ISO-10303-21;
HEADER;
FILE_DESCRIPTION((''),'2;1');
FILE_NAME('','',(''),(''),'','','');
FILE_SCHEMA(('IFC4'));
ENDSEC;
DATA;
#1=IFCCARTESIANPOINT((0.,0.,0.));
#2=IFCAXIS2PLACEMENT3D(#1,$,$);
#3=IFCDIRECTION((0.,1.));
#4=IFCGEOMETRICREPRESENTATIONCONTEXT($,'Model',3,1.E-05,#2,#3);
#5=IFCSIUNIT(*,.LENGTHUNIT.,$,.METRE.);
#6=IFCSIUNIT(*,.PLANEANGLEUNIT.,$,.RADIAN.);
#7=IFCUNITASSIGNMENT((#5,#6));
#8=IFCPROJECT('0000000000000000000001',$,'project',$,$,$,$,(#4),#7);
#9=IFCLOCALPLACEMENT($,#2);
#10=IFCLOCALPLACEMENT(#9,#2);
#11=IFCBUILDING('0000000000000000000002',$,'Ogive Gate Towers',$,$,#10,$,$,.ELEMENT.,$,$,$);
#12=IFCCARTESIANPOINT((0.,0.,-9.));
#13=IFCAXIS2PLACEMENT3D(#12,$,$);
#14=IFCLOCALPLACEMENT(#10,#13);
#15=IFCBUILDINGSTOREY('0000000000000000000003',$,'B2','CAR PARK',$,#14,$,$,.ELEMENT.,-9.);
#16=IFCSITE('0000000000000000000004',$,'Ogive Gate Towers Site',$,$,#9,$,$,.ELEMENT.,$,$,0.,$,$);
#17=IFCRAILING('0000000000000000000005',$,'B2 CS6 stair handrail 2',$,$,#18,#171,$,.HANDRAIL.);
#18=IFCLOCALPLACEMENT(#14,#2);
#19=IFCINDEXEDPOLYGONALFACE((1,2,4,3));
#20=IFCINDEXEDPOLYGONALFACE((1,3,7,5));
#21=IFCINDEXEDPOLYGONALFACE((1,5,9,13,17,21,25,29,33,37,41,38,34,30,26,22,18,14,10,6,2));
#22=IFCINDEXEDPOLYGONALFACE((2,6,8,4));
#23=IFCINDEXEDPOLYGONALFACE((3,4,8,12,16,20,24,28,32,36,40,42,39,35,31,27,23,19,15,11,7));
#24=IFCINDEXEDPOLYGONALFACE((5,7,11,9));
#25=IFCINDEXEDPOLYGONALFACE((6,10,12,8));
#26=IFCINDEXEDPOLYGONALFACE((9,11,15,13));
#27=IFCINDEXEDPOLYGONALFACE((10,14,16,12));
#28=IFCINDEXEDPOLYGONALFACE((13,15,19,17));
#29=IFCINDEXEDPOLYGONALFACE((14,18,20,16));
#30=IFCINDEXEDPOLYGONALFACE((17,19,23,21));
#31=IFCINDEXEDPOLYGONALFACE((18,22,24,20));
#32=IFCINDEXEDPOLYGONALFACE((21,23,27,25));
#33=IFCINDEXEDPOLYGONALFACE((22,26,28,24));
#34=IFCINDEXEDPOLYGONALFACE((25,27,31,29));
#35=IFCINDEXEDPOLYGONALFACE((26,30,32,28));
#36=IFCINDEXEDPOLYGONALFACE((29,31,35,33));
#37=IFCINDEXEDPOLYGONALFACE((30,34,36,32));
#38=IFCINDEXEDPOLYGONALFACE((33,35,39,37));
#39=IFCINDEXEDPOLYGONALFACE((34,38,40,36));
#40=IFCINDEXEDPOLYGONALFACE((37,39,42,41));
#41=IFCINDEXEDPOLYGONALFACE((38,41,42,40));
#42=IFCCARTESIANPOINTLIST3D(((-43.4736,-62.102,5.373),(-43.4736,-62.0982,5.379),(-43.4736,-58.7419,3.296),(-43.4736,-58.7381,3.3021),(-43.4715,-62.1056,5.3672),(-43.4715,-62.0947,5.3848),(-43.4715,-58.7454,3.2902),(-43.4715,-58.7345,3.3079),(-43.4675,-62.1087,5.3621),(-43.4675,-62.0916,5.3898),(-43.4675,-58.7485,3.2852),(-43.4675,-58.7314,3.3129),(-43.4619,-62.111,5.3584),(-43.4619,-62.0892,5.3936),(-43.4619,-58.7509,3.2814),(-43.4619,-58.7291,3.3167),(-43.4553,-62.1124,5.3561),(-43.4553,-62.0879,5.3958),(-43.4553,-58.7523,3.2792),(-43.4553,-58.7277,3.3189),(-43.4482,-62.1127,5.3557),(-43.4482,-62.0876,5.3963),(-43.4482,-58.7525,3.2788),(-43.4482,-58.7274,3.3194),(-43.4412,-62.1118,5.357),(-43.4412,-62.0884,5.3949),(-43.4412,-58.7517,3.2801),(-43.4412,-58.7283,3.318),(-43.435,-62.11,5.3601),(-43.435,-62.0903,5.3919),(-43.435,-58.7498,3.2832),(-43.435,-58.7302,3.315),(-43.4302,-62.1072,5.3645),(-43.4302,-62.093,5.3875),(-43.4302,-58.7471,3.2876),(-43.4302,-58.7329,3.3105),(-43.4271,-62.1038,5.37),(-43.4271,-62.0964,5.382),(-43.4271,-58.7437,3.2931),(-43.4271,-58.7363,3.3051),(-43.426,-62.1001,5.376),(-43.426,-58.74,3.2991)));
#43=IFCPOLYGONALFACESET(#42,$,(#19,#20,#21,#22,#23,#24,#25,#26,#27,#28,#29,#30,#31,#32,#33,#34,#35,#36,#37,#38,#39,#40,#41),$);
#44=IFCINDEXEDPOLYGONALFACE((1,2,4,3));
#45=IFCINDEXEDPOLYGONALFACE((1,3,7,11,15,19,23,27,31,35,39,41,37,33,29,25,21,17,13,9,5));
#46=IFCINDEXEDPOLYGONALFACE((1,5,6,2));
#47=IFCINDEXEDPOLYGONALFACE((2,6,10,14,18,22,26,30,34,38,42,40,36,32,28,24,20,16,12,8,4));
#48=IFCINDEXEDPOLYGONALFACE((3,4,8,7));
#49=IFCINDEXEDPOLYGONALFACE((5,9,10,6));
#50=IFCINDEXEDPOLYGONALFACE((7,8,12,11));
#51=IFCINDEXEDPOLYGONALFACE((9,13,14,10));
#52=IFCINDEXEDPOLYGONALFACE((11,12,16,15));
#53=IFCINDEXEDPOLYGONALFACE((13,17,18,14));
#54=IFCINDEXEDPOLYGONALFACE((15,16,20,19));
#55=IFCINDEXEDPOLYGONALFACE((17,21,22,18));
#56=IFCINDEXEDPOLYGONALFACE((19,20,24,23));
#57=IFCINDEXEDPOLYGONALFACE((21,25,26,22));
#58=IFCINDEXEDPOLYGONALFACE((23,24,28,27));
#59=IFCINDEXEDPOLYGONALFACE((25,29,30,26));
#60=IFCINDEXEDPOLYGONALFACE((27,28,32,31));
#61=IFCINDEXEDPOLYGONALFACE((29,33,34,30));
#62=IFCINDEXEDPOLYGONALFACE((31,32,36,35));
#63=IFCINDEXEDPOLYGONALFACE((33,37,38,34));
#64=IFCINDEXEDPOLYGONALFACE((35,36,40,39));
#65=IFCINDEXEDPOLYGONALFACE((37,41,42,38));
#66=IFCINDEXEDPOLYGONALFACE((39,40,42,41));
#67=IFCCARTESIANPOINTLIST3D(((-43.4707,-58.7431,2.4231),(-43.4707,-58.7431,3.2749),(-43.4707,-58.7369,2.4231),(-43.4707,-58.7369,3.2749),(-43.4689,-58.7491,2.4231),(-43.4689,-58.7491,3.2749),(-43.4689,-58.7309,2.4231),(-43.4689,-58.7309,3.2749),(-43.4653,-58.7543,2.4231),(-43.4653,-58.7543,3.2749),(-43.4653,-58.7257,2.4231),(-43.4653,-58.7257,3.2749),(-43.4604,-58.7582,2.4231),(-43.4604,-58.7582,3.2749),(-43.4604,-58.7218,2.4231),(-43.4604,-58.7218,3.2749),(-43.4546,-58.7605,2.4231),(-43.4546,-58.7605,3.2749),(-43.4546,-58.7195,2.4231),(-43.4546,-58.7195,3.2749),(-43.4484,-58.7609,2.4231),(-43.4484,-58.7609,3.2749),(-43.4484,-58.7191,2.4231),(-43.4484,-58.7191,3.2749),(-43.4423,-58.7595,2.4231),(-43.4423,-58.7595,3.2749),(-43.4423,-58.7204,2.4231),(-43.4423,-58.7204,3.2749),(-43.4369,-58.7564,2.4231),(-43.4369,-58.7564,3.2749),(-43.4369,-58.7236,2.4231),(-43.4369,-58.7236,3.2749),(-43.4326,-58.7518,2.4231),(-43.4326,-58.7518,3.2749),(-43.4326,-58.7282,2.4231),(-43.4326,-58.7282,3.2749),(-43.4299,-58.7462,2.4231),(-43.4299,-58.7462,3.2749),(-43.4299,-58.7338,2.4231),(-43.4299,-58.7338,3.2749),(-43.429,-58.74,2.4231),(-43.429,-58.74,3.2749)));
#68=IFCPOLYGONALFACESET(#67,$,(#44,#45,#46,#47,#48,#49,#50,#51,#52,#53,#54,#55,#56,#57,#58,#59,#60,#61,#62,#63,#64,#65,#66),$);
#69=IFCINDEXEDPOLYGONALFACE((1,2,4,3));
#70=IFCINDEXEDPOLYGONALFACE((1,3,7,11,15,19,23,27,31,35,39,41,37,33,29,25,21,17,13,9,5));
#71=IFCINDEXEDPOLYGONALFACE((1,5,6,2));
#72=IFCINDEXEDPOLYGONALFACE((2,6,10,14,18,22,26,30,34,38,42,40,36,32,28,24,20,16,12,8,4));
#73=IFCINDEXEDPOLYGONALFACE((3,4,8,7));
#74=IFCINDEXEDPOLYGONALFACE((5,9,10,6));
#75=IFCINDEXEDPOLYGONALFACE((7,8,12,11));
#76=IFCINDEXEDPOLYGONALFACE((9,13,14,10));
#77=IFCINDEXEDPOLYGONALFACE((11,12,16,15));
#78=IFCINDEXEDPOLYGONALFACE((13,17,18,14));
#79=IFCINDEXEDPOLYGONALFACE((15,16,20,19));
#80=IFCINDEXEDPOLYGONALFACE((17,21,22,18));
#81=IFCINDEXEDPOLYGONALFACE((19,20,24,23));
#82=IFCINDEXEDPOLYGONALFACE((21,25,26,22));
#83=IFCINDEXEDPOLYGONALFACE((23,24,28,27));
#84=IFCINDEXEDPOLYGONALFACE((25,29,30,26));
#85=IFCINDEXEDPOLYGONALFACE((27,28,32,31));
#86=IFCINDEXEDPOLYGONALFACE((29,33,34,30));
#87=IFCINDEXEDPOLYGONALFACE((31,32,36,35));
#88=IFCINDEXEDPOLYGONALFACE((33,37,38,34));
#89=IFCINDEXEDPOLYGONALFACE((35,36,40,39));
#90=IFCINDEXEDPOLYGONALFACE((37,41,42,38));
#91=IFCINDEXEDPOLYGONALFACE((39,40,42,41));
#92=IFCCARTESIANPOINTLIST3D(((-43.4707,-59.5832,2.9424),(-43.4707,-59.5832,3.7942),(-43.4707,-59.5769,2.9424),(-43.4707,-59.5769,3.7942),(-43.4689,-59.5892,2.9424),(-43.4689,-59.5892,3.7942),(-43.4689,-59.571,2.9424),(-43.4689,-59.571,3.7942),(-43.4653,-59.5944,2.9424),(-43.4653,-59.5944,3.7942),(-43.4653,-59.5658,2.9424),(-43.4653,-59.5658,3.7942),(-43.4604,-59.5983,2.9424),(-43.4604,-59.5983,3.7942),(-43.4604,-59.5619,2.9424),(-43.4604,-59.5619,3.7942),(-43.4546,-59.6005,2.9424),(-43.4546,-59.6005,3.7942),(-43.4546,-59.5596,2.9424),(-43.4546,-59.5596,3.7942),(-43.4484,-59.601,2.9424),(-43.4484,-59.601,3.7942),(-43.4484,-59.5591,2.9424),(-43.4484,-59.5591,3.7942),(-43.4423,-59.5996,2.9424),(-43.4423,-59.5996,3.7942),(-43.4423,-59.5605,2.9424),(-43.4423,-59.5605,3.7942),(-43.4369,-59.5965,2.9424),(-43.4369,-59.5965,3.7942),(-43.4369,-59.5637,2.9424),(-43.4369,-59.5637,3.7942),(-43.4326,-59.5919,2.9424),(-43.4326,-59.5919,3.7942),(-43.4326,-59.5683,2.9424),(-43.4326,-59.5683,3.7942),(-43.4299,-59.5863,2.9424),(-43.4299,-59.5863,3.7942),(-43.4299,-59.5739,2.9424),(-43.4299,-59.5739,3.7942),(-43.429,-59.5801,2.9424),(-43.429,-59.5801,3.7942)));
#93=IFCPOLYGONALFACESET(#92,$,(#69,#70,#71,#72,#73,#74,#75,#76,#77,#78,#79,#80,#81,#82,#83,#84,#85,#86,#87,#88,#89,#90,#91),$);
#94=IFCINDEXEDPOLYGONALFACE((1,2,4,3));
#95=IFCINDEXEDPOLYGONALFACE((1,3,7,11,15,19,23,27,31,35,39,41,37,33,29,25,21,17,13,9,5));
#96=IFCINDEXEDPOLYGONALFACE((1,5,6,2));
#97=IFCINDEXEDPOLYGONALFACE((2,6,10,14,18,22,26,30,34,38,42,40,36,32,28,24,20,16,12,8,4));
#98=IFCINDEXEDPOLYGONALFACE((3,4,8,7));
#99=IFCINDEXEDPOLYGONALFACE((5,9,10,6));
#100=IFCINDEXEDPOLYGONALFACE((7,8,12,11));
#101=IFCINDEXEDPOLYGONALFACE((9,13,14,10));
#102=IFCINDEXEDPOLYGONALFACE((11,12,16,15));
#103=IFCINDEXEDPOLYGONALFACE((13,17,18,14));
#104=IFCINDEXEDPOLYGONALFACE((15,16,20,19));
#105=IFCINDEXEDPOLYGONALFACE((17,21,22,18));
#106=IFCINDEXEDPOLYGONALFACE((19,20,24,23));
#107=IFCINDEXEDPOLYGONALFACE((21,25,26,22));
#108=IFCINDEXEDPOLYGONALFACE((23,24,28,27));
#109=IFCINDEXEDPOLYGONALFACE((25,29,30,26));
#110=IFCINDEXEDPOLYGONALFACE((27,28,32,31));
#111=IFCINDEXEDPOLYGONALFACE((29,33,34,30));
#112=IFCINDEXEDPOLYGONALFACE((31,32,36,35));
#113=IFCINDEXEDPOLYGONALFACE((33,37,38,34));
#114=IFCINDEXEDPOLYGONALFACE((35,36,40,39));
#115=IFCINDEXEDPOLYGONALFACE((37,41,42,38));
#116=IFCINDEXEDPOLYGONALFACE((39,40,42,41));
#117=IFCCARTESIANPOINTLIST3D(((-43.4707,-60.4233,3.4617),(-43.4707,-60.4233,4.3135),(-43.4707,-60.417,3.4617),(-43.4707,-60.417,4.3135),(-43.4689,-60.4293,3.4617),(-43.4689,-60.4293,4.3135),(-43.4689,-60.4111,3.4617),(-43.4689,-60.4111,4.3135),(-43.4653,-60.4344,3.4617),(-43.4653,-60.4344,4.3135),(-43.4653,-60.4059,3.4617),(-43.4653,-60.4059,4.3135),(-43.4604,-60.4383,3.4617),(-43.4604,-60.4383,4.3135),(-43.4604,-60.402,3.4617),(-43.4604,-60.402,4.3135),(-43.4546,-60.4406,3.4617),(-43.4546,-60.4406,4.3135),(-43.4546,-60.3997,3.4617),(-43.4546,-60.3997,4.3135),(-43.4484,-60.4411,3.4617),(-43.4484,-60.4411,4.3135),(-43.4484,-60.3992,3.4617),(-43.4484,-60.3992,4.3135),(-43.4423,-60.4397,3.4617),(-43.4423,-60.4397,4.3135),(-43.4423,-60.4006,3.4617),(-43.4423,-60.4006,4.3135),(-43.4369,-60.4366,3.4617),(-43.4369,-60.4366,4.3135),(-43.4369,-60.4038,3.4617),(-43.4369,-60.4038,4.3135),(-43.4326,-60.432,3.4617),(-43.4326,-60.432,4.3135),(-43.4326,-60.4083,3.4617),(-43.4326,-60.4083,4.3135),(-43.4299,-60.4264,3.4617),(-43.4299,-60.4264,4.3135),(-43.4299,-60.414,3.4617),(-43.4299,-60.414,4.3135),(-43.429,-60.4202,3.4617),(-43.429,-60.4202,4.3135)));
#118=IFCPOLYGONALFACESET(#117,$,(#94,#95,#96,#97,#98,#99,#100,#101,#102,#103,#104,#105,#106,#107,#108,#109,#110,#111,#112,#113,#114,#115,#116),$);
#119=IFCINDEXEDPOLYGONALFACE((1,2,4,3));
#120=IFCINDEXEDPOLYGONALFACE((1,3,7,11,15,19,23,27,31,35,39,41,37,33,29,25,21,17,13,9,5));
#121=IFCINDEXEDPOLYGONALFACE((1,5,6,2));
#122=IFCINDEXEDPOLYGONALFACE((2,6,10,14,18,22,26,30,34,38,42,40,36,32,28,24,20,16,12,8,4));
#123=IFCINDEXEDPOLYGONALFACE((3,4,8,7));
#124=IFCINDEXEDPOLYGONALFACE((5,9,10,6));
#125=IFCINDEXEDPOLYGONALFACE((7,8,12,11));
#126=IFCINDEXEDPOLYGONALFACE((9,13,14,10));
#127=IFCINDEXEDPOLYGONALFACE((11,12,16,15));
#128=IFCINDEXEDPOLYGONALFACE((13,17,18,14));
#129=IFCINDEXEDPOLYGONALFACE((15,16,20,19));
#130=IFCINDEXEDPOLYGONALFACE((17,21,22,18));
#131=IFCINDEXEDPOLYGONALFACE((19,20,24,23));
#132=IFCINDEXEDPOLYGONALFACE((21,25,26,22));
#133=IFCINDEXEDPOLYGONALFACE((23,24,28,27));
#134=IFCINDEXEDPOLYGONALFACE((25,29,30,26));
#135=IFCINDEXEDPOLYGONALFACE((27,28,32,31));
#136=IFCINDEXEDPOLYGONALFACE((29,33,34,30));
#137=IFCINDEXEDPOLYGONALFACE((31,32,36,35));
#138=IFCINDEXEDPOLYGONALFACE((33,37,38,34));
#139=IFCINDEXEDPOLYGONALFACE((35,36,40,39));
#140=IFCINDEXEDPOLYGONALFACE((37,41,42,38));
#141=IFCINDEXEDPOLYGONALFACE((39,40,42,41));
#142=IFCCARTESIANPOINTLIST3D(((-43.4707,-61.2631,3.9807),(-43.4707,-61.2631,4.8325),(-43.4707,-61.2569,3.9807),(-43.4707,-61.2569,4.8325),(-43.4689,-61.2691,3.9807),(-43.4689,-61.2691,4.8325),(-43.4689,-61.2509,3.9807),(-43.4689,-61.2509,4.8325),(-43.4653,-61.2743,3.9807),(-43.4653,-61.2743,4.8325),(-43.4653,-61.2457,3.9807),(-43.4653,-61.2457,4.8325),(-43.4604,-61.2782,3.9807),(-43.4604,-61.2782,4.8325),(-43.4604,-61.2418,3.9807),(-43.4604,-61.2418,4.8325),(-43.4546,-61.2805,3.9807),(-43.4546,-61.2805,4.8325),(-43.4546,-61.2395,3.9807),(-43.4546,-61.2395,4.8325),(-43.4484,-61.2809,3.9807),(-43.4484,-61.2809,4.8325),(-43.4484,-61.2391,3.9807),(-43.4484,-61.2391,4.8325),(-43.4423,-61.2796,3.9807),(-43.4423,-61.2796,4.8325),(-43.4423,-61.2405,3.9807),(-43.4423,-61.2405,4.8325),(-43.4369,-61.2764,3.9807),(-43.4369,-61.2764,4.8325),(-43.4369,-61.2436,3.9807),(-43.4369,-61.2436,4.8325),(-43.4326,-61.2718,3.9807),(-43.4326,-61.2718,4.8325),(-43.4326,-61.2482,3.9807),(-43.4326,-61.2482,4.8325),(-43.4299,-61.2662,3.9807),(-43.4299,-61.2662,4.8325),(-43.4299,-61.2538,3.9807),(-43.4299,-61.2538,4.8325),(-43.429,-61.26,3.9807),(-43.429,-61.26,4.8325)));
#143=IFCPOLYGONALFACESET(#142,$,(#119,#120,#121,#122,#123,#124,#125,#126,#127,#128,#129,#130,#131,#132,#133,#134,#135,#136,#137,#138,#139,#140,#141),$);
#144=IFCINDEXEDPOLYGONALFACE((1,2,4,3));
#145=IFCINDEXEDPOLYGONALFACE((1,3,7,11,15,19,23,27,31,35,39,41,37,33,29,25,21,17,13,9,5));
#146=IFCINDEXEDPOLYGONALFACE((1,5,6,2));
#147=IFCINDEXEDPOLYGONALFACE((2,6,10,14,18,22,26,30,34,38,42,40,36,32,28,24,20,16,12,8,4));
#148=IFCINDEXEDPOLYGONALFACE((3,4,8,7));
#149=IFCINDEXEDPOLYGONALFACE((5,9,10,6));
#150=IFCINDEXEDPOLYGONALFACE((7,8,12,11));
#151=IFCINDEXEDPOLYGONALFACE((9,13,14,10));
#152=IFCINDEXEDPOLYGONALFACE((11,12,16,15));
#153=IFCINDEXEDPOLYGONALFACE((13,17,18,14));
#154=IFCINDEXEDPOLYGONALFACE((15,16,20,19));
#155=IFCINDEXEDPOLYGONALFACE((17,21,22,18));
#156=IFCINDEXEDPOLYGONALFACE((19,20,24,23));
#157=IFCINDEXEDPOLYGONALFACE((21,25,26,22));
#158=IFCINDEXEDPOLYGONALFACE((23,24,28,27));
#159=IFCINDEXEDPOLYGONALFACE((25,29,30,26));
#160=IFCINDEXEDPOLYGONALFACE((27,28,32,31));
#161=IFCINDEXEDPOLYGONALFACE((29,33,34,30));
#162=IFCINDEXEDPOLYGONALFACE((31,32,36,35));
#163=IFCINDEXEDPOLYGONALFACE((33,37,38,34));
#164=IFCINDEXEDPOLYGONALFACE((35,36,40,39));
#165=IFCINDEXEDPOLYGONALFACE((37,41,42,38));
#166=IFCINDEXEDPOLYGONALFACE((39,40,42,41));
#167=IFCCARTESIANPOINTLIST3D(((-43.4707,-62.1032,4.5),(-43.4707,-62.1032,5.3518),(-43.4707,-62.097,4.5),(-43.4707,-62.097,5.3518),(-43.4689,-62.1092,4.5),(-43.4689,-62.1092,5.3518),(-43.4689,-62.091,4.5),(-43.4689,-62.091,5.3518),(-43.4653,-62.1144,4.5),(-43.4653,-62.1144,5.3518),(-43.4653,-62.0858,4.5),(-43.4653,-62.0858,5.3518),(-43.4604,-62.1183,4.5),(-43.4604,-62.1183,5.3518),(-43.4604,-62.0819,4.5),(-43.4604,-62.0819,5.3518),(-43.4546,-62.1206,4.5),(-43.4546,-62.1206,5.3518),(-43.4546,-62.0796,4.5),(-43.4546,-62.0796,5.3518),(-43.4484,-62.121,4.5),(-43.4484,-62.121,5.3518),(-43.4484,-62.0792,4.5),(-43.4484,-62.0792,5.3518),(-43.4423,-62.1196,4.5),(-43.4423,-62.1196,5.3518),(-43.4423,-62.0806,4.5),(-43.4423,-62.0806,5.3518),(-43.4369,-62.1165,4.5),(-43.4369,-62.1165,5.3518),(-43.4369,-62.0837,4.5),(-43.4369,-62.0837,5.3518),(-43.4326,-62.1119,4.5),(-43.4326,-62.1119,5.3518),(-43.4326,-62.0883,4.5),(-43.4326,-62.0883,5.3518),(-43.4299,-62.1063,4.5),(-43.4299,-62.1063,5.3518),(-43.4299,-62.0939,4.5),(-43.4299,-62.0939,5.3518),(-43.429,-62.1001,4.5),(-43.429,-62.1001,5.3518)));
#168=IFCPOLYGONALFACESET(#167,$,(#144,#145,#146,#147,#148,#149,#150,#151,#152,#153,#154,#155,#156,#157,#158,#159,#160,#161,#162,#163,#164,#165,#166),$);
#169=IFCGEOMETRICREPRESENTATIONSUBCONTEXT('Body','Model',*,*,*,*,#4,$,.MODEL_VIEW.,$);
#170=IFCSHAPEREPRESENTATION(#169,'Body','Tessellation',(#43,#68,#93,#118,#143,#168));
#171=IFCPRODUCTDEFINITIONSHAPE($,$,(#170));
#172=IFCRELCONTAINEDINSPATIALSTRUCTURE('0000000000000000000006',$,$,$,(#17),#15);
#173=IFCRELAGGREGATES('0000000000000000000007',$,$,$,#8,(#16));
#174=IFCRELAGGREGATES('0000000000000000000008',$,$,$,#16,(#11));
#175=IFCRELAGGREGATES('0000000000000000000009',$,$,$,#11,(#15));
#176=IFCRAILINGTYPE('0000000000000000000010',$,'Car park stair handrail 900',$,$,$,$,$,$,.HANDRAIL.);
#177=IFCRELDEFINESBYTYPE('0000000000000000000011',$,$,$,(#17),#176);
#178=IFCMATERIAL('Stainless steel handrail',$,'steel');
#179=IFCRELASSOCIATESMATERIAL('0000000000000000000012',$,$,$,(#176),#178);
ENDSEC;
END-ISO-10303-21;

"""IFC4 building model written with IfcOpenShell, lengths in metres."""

from ifc_helpers import new_model, si_unit, direction, frame, origin, origin_2d, place, context, subcontext, project, spatial, circle, extrude, material, type_object, element, save


model = new_model("IFC4")

# Units and contexts
model_context = context("Model", 3, precision=1e-05, world=origin(), true_north=direction((0.0, 1.0)))
body_context = subcontext(model_context, "Body", "Model", "MODEL_VIEW")
ifc_project = project(units=[si_unit("LENGTHUNIT", "METRE"), si_unit("PLANEANGLEUNIT", "RADIAN")], contexts=[model_context])

# Site, building, storey
site_placement = place(None, origin())
site = spatial("IfcSite", under=ifc_project, at=site_placement, Name="Ogive Gate Towers Site", CompositionType="ELEMENT", RefElevation=0.0)
building_placement = place(site_placement, origin())
building = spatial("IfcBuilding", under=site, at=building_placement, Name="Ogive Gate Towers", CompositionType="ELEMENT")
storey_placement = place(building_placement, frame((0.0, 0.0, -9.0)))
storey = spatial("IfcBuildingStorey", under=building, at=storey_placement, Name="B2", Description="CAR PARK", CompositionType="ELEMENT", Elevation=-9.0)

# Railing
ifc_material_1 = material(Name="Stainless steel handrail", Category="steel")
railing_type_1 = type_object("IfcRailingType", Name="Car park stair handrail 900", PredefinedType="HANDRAIL", material=ifc_material_1)
railing_1_placement = place(storey_placement, frame((-43.45, -58.74, 2.4231)))
element("IfcRailing", 1, at=railing_1_placement, inside=storey, type_object=railing_type_1, Name="B2 CS6 stair handrail 2", PredefinedType="HANDRAIL", context=body_context, shape_type="SweptSolid", body=[
    extrude(circle(Radius=0.0239, at=origin_2d()), frame((0.0, 0.0, 0.876), z_axis=(0.0, -0.850623, 0.525776), x_axis=(1.0, 0.0, 0.0)), (0.0, 0.0, 1.0), 3.9502),
    extrude(circle(Radius=0.021, at=origin_2d()), origin(), (0.0, 0.0, 1.0), 0.8518),
    extrude(circle(Radius=0.021, at=origin_2d()), frame((0.0, -0.8401, 0.5193)), (0.0, 0.0, 1.0), 0.8518),
    extrude(circle(Radius=0.021, at=origin_2d()), frame((0.0, -1.6802, 1.0386)), (0.0, 0.0, 1.0), 0.8518),
    extrude(circle(Radius=0.021, at=origin_2d()), frame((0.0, -2.52, 1.5576)), (0.0, 0.0, 1.0), 0.8518),
    extrude(circle(Radius=0.021, at=origin_2d()), frame((0.0, -3.3601, 2.0769)), (0.0, 0.0, 1.0), 0.8518),
])

save(model, "model.ifc")
